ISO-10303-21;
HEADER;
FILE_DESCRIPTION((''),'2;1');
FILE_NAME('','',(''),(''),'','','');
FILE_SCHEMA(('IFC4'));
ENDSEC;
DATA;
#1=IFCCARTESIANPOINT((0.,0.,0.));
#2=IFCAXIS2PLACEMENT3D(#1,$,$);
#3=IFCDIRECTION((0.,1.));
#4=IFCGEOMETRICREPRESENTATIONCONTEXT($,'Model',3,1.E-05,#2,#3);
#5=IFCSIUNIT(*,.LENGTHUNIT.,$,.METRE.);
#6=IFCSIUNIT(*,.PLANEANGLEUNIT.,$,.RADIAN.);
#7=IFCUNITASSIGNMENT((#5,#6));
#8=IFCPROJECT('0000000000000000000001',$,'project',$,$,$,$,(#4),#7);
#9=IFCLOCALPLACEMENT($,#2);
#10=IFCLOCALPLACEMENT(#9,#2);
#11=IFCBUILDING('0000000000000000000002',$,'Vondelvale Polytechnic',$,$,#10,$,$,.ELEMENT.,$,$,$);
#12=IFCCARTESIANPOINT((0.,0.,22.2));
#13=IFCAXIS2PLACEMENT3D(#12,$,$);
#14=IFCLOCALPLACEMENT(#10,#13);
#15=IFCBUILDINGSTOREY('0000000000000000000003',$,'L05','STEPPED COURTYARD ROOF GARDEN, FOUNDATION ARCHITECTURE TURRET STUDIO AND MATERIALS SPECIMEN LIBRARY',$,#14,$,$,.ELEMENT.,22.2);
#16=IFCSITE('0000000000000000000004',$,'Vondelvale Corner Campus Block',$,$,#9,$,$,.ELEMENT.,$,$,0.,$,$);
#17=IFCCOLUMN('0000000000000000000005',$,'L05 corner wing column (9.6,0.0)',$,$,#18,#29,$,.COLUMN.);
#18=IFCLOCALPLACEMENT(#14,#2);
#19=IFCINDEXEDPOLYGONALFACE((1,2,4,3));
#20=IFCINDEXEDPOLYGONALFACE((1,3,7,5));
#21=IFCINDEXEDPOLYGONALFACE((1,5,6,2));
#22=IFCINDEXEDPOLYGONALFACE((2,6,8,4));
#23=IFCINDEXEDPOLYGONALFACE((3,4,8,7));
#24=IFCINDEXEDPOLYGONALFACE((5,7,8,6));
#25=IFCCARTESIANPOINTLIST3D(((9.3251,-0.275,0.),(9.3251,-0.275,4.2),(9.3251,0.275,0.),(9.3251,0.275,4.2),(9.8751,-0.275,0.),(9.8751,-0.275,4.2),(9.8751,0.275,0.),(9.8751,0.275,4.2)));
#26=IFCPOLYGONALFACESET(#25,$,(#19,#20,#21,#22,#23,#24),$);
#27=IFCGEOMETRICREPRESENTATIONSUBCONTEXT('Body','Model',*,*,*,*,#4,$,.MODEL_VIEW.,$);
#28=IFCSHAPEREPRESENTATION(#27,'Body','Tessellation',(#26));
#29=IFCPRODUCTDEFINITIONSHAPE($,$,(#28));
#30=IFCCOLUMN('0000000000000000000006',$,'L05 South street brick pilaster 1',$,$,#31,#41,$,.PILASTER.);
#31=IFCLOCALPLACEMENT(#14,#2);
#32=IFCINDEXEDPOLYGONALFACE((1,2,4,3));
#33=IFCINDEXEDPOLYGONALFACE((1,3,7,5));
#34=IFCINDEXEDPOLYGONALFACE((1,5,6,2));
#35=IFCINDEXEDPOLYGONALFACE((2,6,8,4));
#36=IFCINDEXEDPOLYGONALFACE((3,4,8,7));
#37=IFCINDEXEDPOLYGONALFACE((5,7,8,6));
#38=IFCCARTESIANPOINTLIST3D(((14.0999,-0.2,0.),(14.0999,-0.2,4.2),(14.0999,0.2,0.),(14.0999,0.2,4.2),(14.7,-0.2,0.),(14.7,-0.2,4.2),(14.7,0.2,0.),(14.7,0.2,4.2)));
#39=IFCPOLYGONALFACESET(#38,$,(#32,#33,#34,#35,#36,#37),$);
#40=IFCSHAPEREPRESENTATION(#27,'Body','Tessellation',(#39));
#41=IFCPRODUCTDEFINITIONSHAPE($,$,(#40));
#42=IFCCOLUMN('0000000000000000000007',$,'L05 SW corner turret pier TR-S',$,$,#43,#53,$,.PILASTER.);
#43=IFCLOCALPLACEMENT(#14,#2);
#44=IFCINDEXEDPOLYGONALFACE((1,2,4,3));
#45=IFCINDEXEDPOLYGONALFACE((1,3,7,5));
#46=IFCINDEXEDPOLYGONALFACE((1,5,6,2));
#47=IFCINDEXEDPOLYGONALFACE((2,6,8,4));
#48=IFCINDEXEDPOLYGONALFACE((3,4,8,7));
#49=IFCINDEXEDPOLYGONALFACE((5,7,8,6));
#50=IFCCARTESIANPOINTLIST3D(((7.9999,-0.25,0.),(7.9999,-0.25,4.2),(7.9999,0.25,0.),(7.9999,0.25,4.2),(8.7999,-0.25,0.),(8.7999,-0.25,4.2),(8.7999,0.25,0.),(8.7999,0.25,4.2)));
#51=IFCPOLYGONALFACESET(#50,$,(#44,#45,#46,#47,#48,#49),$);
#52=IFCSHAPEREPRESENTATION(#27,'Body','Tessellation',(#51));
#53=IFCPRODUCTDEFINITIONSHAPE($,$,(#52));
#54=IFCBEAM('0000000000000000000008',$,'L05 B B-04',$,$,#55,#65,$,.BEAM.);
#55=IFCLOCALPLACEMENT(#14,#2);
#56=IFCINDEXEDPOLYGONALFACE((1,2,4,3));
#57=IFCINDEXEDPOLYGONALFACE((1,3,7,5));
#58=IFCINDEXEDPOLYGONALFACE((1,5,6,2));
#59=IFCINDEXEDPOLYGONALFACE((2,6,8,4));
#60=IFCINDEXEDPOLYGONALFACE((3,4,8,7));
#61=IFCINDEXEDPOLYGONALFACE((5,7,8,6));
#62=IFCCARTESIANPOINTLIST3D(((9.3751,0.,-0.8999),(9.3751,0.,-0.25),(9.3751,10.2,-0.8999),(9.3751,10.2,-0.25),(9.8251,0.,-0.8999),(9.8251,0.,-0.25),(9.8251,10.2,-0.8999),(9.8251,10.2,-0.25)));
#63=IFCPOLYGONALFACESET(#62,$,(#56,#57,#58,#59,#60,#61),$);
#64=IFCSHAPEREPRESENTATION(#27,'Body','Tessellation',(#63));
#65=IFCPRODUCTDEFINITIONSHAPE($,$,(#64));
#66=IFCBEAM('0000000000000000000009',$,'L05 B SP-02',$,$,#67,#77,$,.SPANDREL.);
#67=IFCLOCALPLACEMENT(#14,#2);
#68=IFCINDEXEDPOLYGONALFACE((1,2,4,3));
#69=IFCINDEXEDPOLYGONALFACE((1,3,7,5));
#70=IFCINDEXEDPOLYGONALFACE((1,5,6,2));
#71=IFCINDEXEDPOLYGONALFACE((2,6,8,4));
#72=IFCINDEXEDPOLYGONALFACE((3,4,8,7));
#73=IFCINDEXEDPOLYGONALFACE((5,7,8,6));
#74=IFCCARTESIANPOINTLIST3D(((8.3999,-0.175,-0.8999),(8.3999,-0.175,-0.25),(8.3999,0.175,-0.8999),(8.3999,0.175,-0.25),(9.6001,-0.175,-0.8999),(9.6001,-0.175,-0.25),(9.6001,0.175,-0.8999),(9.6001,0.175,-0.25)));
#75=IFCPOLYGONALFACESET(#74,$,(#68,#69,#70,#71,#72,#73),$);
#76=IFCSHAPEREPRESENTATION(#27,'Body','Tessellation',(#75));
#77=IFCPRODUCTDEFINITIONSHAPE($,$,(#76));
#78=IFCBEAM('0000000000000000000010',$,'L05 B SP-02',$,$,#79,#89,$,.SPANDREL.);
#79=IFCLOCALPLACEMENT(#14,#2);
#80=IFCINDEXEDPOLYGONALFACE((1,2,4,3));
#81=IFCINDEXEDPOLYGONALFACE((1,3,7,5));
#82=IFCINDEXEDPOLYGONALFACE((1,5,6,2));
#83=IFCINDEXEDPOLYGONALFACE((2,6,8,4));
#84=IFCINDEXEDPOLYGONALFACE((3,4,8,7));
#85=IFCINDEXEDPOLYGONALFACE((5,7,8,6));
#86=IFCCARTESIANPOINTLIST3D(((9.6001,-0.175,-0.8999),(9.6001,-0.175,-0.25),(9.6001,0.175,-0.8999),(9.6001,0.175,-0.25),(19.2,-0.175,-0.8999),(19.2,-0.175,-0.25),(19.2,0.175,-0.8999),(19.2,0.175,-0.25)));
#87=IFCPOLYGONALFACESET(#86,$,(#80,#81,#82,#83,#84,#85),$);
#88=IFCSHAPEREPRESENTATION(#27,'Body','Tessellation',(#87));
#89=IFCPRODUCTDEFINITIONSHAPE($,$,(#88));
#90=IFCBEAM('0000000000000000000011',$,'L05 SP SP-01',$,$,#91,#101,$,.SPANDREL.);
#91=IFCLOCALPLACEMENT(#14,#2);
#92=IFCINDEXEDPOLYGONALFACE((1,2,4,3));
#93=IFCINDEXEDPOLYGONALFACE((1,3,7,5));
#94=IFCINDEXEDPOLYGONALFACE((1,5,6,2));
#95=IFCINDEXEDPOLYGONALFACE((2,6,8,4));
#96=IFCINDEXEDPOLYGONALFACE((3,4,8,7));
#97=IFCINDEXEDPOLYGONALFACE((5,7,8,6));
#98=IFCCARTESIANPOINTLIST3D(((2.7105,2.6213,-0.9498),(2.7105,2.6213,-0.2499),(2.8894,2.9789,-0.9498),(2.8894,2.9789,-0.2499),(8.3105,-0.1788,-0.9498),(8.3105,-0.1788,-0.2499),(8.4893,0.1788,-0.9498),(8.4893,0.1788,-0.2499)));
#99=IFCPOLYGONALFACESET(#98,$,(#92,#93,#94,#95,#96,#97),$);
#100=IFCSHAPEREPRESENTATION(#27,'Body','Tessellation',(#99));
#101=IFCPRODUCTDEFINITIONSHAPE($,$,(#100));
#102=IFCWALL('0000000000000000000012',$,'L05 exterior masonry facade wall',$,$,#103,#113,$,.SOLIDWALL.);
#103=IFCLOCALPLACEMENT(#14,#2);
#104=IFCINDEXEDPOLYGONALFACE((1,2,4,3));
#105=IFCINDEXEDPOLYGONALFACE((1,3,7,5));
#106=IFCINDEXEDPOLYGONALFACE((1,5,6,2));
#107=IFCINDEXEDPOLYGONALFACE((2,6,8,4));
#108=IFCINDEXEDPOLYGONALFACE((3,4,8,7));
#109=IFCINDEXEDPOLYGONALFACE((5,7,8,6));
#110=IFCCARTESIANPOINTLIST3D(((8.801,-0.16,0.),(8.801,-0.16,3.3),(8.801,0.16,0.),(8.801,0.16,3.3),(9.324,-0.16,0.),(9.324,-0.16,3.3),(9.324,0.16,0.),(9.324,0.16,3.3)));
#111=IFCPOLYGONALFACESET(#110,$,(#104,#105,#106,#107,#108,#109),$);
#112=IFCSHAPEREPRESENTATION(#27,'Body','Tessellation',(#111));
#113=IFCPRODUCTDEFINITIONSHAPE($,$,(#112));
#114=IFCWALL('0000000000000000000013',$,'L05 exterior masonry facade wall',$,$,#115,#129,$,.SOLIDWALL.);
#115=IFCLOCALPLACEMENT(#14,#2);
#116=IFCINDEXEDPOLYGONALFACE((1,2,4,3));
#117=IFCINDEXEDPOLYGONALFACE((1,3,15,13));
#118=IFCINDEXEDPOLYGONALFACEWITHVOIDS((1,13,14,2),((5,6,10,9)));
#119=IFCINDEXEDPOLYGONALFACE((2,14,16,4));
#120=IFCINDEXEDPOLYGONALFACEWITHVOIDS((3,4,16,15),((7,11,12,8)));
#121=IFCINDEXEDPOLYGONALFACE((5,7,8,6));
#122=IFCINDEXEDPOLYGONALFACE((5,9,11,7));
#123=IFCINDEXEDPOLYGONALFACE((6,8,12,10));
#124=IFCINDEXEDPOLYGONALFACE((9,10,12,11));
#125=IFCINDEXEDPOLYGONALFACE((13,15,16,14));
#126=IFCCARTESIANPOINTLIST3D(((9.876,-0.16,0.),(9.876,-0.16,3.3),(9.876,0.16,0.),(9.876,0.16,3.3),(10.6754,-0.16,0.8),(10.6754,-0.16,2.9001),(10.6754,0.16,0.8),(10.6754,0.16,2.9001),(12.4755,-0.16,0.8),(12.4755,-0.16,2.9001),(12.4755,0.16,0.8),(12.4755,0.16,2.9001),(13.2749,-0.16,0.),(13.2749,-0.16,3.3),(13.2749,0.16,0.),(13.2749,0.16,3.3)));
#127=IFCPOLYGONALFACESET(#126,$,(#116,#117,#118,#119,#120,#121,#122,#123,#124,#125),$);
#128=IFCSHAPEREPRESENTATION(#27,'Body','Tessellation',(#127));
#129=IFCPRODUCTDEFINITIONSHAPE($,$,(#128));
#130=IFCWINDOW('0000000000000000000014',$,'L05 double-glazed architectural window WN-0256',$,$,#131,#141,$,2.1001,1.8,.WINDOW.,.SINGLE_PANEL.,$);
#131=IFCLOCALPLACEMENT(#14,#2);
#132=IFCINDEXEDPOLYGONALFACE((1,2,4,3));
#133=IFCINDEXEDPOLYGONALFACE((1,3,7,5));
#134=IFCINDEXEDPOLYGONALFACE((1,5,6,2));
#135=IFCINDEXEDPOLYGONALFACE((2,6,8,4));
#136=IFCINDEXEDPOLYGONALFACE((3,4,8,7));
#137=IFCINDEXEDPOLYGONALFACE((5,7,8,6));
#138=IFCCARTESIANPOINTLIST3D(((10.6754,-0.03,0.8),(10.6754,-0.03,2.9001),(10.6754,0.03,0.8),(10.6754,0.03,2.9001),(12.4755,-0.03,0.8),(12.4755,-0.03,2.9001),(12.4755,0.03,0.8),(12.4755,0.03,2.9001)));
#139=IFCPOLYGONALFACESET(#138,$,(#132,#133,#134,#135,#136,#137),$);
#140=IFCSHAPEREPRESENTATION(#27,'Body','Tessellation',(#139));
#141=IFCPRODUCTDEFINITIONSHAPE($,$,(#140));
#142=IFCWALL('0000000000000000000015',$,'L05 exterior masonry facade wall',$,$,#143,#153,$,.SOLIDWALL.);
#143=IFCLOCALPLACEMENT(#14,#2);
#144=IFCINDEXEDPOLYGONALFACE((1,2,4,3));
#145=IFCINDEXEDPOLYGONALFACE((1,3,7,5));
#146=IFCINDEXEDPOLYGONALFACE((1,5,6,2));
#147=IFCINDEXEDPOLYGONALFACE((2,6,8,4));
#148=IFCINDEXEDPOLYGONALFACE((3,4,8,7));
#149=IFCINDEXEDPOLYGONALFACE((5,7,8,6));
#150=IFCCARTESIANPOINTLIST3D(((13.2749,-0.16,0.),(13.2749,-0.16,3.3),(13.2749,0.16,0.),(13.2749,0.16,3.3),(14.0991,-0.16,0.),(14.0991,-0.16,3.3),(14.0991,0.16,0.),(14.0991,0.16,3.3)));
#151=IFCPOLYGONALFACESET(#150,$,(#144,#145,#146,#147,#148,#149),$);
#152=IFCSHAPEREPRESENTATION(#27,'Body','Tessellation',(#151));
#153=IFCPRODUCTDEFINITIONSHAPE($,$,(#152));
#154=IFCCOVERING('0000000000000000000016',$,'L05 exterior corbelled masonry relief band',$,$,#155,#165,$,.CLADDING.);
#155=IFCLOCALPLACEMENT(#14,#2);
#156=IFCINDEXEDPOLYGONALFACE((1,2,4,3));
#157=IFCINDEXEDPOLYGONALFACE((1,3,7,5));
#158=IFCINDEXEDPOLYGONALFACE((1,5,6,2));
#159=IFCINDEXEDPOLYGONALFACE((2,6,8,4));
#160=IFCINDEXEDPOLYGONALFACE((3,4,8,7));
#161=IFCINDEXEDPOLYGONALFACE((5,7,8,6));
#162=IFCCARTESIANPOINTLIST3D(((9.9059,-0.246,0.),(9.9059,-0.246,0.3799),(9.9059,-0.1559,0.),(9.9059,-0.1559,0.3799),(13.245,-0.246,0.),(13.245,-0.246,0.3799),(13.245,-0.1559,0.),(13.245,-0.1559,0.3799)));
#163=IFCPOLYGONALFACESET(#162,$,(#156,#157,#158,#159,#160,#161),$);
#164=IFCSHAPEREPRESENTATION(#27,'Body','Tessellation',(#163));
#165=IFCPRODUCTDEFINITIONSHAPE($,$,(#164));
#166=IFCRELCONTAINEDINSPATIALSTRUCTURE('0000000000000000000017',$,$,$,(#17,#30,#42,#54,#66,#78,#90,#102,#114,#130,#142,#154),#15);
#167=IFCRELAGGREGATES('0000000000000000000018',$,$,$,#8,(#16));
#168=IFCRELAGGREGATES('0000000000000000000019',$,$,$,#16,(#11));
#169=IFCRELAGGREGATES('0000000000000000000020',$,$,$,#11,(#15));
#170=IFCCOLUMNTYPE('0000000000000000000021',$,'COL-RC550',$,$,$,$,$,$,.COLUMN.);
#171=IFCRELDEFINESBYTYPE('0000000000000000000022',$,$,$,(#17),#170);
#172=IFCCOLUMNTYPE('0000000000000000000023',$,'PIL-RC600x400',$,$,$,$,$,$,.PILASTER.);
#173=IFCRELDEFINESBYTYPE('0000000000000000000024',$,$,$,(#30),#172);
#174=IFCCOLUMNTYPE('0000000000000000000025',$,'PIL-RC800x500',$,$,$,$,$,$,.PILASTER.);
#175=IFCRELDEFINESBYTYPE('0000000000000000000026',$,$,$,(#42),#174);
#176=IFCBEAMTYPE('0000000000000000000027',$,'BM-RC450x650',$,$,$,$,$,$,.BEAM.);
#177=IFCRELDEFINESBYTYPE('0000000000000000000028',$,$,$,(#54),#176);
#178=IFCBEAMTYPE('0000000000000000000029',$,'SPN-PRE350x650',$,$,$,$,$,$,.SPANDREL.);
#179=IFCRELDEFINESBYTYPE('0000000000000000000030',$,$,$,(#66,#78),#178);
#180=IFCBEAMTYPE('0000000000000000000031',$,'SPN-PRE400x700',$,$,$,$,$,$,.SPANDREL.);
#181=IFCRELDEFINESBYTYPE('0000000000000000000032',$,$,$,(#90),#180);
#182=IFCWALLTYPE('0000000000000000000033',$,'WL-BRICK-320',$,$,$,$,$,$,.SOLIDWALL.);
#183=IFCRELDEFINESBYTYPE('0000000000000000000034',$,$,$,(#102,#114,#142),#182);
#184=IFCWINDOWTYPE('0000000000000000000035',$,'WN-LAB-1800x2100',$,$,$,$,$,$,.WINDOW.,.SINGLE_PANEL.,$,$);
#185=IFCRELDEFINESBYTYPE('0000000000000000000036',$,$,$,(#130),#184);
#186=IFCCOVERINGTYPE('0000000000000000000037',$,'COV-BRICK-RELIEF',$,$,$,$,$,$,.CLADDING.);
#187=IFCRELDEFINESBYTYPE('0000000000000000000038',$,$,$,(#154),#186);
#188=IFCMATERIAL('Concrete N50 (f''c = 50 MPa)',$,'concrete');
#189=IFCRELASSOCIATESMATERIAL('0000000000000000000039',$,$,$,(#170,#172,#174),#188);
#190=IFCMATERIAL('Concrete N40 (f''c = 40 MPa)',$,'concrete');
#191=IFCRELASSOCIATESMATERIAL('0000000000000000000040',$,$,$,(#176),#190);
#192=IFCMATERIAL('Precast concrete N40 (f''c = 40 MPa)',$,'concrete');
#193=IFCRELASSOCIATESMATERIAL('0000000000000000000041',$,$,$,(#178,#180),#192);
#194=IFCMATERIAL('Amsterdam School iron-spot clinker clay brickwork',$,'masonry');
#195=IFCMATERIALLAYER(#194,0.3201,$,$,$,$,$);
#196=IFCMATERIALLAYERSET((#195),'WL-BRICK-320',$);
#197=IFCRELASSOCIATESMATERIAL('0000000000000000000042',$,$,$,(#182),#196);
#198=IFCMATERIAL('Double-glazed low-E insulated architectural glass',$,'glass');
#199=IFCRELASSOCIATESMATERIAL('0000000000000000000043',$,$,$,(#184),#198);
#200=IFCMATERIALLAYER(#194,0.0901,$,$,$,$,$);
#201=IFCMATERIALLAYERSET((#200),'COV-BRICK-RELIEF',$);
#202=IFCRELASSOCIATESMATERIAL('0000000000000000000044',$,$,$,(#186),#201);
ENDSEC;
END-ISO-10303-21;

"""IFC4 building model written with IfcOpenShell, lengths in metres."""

from ifc_helpers import new_model, si_unit, direction, frame, frame_2d, origin, origin_2d, place, context, subcontext, project, spatial, rectangle, extrude, material, layer, layer_set, material_profile, profile_set, type_object, element, fill, save


model = new_model("IFC4")

# Units and contexts
model_context = context("Model", 3, precision=1e-05, world=origin(), true_north=direction((0.0, 1.0)))
body_context = subcontext(model_context, "Body", "Model", "MODEL_VIEW")
ifc_project = project(units=[si_unit("LENGTHUNIT", "METRE"), si_unit("PLANEANGLEUNIT", "RADIAN")], contexts=[model_context])

# Site, building, storey
site_placement = place(None, origin())
site = spatial("IfcSite", under=ifc_project, at=site_placement, Name="Vondelvale Corner Campus Block", CompositionType="ELEMENT", RefElevation=0.0)
building_placement = place(site_placement, origin())
building = spatial("IfcBuilding", under=site, at=building_placement, Name="Vondelvale Polytechnic", CompositionType="ELEMENT")
storey_placement = place(building_placement, frame((0.0, 0.0, 22.2)))
storey = spatial("IfcBuildingStorey", under=building, at=storey_placement, Name="L05", Description="STEPPED COURTYARD ROOF GARDEN, FOUNDATION ARCHITECTURE TURRET STUDIO AND MATERIALS SPECIMEN LIBRARY", CompositionType="ELEMENT", Elevation=22.2)

# Columns
ifc_material_1 = material(Name="Concrete N50 (f'c = 50 MPa)", Category="concrete")
ifc_material_profile_1 = material_profile(ifc_material_1, rectangle(XDim=0.55, YDim=0.55, at=origin_2d()), Name="RC-COL-550x550")
ifc_profile_set_1 = profile_set([ifc_material_profile_1], Name="Concrete N50 (f'c = 50 MPa)")
column_type_1 = type_object("IfcColumnType", Name="COL-RC550", PredefinedType="COLUMN", material=ifc_profile_set_1)
column_1_placement = place(storey_placement, frame((9.6001, 0.0, 0.0), z_axis=(0.0, 0.0, 1.0), x_axis=(1.0, 0.0, 0.0)))
element("IfcColumn", 1, at=column_1_placement, inside=storey, type_object=column_type_1, Name="L05 corner wing column (9.6,0.0)", PredefinedType="COLUMN", context=body_context, shape_type="SweptSolid", body=[
    extrude(rectangle(XDim=0.55, YDim=0.55, at=origin_2d()), origin(), (0.0, 0.0, 1.0), 4.2),
])
ifc_material_profile_2 = material_profile(ifc_material_1, rectangle(XDim=0.3999, YDim=0.6001, at=origin_2d()), Name="RC-PIL-600x400")
ifc_profile_set_2 = profile_set([ifc_material_profile_2], Name="Concrete N50 (f'c = 50 MPa)")
column_type_2 = type_object("IfcColumnType", Name="PIL-RC600x400", PredefinedType="PILASTER", material=ifc_profile_set_2)
column_2_placement = place(storey_placement, frame((14.3999, 0.0, 0.0), z_axis=(0.0, 0.0, 1.0), x_axis=(0.0, 1.0, 0.0)))
element("IfcColumn", 2, at=column_2_placement, inside=storey, type_object=column_type_2, Name="L05 South street brick pilaster 1", PredefinedType="PILASTER", context=body_context, shape_type="SweptSolid", body=[
    extrude(rectangle(XDim=0.3999, YDim=0.6001, at=origin_2d()), origin(), (0.0, 0.0, 1.0), 4.2),
])
ifc_material_profile_3 = material_profile(ifc_material_1, rectangle(XDim=0.5, YDim=0.8, at=origin_2d()), Name="RC-PIL-800x500")
ifc_profile_set_3 = profile_set([ifc_material_profile_3], Name="Concrete N50 (f'c = 50 MPa)")
column_type_3 = type_object("IfcColumnType", Name="PIL-RC800x500", PredefinedType="PILASTER", material=ifc_profile_set_3)
column_3_placement = place(storey_placement, frame((8.3999, 0.0, 0.0), z_axis=(0.0, 0.0, 1.0), x_axis=(0.0, 1.0, 0.0)))
element("IfcColumn", 3, at=column_3_placement, inside=storey, type_object=column_type_3, Name="L05 SW corner turret pier TR-S", PredefinedType="PILASTER", context=body_context, shape_type="SweptSolid", body=[
    extrude(rectangle(XDim=0.5, YDim=0.8, at=origin_2d()), origin(), (0.0, 0.0, 1.0), 4.2),
])

# Beams
ifc_material_2 = material(Name="Concrete N40 (f'c = 40 MPa)", Category="concrete")
ifc_material_profile_4 = material_profile(ifc_material_2, rectangle(XDim=0.45, YDim=0.6499, at=origin_2d()), Name="RC-BM-450x650")
ifc_profile_set_4 = profile_set([ifc_material_profile_4], Name="Concrete N40 (f'c = 40 MPa)")
beam_type_1 = type_object("IfcBeamType", Name="BM-RC450x650", PredefinedType="BEAM", material=ifc_profile_set_4)
beam_1_placement = place(storey_placement, frame((9.6001, 0.0, -0.575), z_axis=(0.0, 1.0, 0.0), x_axis=(-1.0, 0.0, 0.0)))
element("IfcBeam", 4, at=beam_1_placement, inside=storey, type_object=beam_type_1, Name="L05 B B-04", PredefinedType="BEAM", context=body_context, shape_type="SweptSolid", body=[
    extrude(rectangle(XDim=0.45, YDim=0.6499, at=origin_2d()), origin(), (0.0, 0.0, 1.0), 10.2),
])
ifc_material_3 = material(Name="Precast concrete N40 (f'c = 40 MPa)", Category="concrete")
ifc_material_profile_5 = material_profile(ifc_material_3, rectangle(XDim=0.3501, YDim=0.6499, at=origin_2d()), Name="RC-SPN-350x650")
ifc_profile_set_5 = profile_set([ifc_material_profile_5], Name="Precast concrete N40 (f'c = 40 MPa)")
beam_type_2 = type_object("IfcBeamType", Name="SPN-PRE350x650", PredefinedType="SPANDREL", material=ifc_profile_set_5)
beam_2_placement = place(storey_placement, frame((8.3999, 0.0, -0.575), z_axis=(1.0, 0.0, 0.0), x_axis=(0.0, 1.0, 0.0)))
element("IfcBeam", 5, at=beam_2_placement, inside=storey, type_object=beam_type_2, Name="L05 B SP-02", PredefinedType="SPANDREL", context=body_context, shape_type="SweptSolid", body=[
    extrude(rectangle(XDim=0.3501, YDim=0.6499, at=origin_2d()), origin(), (0.0, 0.0, 1.0), 1.2002),
])
beam_3_placement = place(storey_placement, frame((9.6001, 0.0, -0.575), z_axis=(1.0, 0.0, 0.0), x_axis=(0.0, 1.0, 0.0)))
element("IfcBeam", 6, at=beam_3_placement, inside=storey, type_object=beam_type_2, Name="L05 B SP-02", PredefinedType="SPANDREL", context=body_context, shape_type="SweptSolid", body=[
    extrude(rectangle(XDim=0.3501, YDim=0.6499, at=origin_2d()), origin(), (0.0, 0.0, 1.0), 9.5999),
])
ifc_material_profile_6 = material_profile(ifc_material_3, rectangle(XDim=0.3999, YDim=0.7, at=origin_2d()), Name="RC-SPN-400x700")
ifc_profile_set_6 = profile_set([ifc_material_profile_6], Name="Precast concrete N40 (f'c = 40 MPa)")
beam_type_3 = type_object("IfcBeamType", Name="SPN-PRE400x700", PredefinedType="SPANDREL", material=ifc_profile_set_6)
beam_4_placement = place(storey_placement, frame((8.3999, 0.0, -0.5999), z_axis=(-0.894419, 0.447229, 0.0), x_axis=(-0.447229, -0.894419, 0.0)))
element("IfcBeam", 7, at=beam_4_placement, inside=storey, type_object=beam_type_3, Name="L05 SP SP-01", PredefinedType="SPANDREL", context=body_context, shape_type="SweptSolid", body=[
    extrude(rectangle(XDim=0.3999, YDim=0.7, at=origin_2d()), origin(), (0.0, 0.0, 1.0), 6.261),
])

# Wall
ifc_material_4 = material(Name="Amsterdam School iron-spot clinker clay brickwork", Category="masonry")
ifc_layer_1 = layer(ifc_material_4, 0.3201)
ifc_layer_set_1 = layer_set([ifc_layer_1], Name="WL-BRICK-320")
wall_type = type_object("IfcWallType", Name="WL-BRICK-320", PredefinedType="SOLIDWALL", material=ifc_layer_set_1)
wall_1_placement = place(storey_placement, frame((9.324, 0.0, 0.0), z_axis=(0.0, 0.0, 1.0), x_axis=(-1.0, 0.0, 0.0)))
element("IfcWall", 8, at=wall_1_placement, inside=storey, type_object=wall_type, Name="L05 exterior masonry facade wall", PredefinedType="SOLIDWALL", context=body_context, shape_type="SweptSolid", body=[
    extrude(rectangle(XDim=0.5229, YDim=0.3201, at=frame_2d((0.2615, 0.0))), origin(), (0.0, 0.0, 1.0), 3.3),
])

# Wall, opening, window
wall_2_placement = place(storey_placement, frame((13.2749, 0.0, 0.0), z_axis=(0.0, 0.0, 1.0), x_axis=(-1.0, 0.0, 0.0)))
wall_2 = element("IfcWall", 9, at=wall_2_placement, inside=storey, type_object=wall_type, Name="L05 exterior masonry facade wall", PredefinedType="SOLIDWALL", context=body_context, shape_type="SweptSolid", body=[
    extrude(rectangle(XDim=3.3989, YDim=0.3201, at=frame_2d((1.6995, 0.0))), origin(), (0.0, 0.0, 1.0), 3.3),
])
opening_placement = place(wall_2_placement, frame((0.7996, 0.0, 0.8)))
opening = element("IfcOpeningElement", 10, at=opening_placement, cuts=wall_2, PredefinedType="OPENING", context=body_context, shape_type="SweptSolid", body=[
    extrude(rectangle(XDim=1.8, YDim=2.1001, at=frame_2d((0.8999, 1.05))), frame((0.0, 0.1699, 0.0), z_axis=(0.0, -1.0, 0.0), x_axis=(1.0, 0.0, 0.0)), (0.0, 0.0, 1.0), 0.3401),
])
ifc_material_5 = material(Name="Double-glazed low-E insulated architectural glass", Category="glass")
window_type = type_object("IfcWindowType", Name="WN-LAB-1800x2100", PartitioningType="SINGLE_PANEL", PredefinedType="WINDOW", material=ifc_material_5)
window_placement = place(opening_placement, origin())
window = element("IfcWindow", 11, at=window_placement, inside=storey, type_object=window_type, Name="L05 double-glazed architectural window WN-0256", OverallHeight=2.1001, OverallWidth=1.8, PartitioningType="SINGLE_PANEL", PredefinedType="WINDOW", context=body_context, shape_type="SweptSolid", body=[
    extrude(rectangle(XDim=1.8, YDim=2.1001, at=frame_2d((0.8999, 1.05))), frame((0.0, 0.03, 0.0), z_axis=(0.0, -1.0, 0.0), x_axis=(1.0, 0.0, 0.0)), (0.0, 0.0, 1.0), 0.0601),
])
fill(opening, window)

# Wall
wall_3_placement = place(storey_placement, frame((14.0991, 0.0, 0.0), z_axis=(0.0, 0.0, 1.0), x_axis=(-1.0, 0.0, 0.0)))
element("IfcWall", 12, at=wall_3_placement, inside=storey, type_object=wall_type, Name="L05 exterior masonry facade wall", PredefinedType="SOLIDWALL", context=body_context, shape_type="SweptSolid", body=[
    extrude(rectangle(XDim=0.8242, YDim=0.3201, at=frame_2d((0.4121, 0.0))), origin(), (0.0, 0.0, 1.0), 3.3),
])

# Covering
ifc_layer_2 = layer(ifc_material_4, 0.0901)
ifc_layer_set_2 = layer_set([ifc_layer_2], Name="COV-BRICK-RELIEF")
covering_type = type_object("IfcCoveringType", Name="COV-BRICK-RELIEF", PredefinedType="CLADDING", material=ifc_layer_set_2)
covering_1_placement = place(storey_placement, frame((11.5754, -0.2009, 0.0), z_axis=(0.0, 0.0, 1.0), x_axis=(-1.0, 0.0, 0.0)))
element("IfcCovering", 13, at=covering_1_placement, inside=storey, type_object=covering_type, Name="L05 exterior corbelled masonry relief band", PredefinedType="CLADDING", context=body_context, shape_type="SweptSolid", body=[
    extrude(rectangle(XDim=3.3391, YDim=0.0901, at=origin_2d()), origin(), (0.0, 0.0, 1.0), 0.3799),
])

save(model, "model.ifc")
